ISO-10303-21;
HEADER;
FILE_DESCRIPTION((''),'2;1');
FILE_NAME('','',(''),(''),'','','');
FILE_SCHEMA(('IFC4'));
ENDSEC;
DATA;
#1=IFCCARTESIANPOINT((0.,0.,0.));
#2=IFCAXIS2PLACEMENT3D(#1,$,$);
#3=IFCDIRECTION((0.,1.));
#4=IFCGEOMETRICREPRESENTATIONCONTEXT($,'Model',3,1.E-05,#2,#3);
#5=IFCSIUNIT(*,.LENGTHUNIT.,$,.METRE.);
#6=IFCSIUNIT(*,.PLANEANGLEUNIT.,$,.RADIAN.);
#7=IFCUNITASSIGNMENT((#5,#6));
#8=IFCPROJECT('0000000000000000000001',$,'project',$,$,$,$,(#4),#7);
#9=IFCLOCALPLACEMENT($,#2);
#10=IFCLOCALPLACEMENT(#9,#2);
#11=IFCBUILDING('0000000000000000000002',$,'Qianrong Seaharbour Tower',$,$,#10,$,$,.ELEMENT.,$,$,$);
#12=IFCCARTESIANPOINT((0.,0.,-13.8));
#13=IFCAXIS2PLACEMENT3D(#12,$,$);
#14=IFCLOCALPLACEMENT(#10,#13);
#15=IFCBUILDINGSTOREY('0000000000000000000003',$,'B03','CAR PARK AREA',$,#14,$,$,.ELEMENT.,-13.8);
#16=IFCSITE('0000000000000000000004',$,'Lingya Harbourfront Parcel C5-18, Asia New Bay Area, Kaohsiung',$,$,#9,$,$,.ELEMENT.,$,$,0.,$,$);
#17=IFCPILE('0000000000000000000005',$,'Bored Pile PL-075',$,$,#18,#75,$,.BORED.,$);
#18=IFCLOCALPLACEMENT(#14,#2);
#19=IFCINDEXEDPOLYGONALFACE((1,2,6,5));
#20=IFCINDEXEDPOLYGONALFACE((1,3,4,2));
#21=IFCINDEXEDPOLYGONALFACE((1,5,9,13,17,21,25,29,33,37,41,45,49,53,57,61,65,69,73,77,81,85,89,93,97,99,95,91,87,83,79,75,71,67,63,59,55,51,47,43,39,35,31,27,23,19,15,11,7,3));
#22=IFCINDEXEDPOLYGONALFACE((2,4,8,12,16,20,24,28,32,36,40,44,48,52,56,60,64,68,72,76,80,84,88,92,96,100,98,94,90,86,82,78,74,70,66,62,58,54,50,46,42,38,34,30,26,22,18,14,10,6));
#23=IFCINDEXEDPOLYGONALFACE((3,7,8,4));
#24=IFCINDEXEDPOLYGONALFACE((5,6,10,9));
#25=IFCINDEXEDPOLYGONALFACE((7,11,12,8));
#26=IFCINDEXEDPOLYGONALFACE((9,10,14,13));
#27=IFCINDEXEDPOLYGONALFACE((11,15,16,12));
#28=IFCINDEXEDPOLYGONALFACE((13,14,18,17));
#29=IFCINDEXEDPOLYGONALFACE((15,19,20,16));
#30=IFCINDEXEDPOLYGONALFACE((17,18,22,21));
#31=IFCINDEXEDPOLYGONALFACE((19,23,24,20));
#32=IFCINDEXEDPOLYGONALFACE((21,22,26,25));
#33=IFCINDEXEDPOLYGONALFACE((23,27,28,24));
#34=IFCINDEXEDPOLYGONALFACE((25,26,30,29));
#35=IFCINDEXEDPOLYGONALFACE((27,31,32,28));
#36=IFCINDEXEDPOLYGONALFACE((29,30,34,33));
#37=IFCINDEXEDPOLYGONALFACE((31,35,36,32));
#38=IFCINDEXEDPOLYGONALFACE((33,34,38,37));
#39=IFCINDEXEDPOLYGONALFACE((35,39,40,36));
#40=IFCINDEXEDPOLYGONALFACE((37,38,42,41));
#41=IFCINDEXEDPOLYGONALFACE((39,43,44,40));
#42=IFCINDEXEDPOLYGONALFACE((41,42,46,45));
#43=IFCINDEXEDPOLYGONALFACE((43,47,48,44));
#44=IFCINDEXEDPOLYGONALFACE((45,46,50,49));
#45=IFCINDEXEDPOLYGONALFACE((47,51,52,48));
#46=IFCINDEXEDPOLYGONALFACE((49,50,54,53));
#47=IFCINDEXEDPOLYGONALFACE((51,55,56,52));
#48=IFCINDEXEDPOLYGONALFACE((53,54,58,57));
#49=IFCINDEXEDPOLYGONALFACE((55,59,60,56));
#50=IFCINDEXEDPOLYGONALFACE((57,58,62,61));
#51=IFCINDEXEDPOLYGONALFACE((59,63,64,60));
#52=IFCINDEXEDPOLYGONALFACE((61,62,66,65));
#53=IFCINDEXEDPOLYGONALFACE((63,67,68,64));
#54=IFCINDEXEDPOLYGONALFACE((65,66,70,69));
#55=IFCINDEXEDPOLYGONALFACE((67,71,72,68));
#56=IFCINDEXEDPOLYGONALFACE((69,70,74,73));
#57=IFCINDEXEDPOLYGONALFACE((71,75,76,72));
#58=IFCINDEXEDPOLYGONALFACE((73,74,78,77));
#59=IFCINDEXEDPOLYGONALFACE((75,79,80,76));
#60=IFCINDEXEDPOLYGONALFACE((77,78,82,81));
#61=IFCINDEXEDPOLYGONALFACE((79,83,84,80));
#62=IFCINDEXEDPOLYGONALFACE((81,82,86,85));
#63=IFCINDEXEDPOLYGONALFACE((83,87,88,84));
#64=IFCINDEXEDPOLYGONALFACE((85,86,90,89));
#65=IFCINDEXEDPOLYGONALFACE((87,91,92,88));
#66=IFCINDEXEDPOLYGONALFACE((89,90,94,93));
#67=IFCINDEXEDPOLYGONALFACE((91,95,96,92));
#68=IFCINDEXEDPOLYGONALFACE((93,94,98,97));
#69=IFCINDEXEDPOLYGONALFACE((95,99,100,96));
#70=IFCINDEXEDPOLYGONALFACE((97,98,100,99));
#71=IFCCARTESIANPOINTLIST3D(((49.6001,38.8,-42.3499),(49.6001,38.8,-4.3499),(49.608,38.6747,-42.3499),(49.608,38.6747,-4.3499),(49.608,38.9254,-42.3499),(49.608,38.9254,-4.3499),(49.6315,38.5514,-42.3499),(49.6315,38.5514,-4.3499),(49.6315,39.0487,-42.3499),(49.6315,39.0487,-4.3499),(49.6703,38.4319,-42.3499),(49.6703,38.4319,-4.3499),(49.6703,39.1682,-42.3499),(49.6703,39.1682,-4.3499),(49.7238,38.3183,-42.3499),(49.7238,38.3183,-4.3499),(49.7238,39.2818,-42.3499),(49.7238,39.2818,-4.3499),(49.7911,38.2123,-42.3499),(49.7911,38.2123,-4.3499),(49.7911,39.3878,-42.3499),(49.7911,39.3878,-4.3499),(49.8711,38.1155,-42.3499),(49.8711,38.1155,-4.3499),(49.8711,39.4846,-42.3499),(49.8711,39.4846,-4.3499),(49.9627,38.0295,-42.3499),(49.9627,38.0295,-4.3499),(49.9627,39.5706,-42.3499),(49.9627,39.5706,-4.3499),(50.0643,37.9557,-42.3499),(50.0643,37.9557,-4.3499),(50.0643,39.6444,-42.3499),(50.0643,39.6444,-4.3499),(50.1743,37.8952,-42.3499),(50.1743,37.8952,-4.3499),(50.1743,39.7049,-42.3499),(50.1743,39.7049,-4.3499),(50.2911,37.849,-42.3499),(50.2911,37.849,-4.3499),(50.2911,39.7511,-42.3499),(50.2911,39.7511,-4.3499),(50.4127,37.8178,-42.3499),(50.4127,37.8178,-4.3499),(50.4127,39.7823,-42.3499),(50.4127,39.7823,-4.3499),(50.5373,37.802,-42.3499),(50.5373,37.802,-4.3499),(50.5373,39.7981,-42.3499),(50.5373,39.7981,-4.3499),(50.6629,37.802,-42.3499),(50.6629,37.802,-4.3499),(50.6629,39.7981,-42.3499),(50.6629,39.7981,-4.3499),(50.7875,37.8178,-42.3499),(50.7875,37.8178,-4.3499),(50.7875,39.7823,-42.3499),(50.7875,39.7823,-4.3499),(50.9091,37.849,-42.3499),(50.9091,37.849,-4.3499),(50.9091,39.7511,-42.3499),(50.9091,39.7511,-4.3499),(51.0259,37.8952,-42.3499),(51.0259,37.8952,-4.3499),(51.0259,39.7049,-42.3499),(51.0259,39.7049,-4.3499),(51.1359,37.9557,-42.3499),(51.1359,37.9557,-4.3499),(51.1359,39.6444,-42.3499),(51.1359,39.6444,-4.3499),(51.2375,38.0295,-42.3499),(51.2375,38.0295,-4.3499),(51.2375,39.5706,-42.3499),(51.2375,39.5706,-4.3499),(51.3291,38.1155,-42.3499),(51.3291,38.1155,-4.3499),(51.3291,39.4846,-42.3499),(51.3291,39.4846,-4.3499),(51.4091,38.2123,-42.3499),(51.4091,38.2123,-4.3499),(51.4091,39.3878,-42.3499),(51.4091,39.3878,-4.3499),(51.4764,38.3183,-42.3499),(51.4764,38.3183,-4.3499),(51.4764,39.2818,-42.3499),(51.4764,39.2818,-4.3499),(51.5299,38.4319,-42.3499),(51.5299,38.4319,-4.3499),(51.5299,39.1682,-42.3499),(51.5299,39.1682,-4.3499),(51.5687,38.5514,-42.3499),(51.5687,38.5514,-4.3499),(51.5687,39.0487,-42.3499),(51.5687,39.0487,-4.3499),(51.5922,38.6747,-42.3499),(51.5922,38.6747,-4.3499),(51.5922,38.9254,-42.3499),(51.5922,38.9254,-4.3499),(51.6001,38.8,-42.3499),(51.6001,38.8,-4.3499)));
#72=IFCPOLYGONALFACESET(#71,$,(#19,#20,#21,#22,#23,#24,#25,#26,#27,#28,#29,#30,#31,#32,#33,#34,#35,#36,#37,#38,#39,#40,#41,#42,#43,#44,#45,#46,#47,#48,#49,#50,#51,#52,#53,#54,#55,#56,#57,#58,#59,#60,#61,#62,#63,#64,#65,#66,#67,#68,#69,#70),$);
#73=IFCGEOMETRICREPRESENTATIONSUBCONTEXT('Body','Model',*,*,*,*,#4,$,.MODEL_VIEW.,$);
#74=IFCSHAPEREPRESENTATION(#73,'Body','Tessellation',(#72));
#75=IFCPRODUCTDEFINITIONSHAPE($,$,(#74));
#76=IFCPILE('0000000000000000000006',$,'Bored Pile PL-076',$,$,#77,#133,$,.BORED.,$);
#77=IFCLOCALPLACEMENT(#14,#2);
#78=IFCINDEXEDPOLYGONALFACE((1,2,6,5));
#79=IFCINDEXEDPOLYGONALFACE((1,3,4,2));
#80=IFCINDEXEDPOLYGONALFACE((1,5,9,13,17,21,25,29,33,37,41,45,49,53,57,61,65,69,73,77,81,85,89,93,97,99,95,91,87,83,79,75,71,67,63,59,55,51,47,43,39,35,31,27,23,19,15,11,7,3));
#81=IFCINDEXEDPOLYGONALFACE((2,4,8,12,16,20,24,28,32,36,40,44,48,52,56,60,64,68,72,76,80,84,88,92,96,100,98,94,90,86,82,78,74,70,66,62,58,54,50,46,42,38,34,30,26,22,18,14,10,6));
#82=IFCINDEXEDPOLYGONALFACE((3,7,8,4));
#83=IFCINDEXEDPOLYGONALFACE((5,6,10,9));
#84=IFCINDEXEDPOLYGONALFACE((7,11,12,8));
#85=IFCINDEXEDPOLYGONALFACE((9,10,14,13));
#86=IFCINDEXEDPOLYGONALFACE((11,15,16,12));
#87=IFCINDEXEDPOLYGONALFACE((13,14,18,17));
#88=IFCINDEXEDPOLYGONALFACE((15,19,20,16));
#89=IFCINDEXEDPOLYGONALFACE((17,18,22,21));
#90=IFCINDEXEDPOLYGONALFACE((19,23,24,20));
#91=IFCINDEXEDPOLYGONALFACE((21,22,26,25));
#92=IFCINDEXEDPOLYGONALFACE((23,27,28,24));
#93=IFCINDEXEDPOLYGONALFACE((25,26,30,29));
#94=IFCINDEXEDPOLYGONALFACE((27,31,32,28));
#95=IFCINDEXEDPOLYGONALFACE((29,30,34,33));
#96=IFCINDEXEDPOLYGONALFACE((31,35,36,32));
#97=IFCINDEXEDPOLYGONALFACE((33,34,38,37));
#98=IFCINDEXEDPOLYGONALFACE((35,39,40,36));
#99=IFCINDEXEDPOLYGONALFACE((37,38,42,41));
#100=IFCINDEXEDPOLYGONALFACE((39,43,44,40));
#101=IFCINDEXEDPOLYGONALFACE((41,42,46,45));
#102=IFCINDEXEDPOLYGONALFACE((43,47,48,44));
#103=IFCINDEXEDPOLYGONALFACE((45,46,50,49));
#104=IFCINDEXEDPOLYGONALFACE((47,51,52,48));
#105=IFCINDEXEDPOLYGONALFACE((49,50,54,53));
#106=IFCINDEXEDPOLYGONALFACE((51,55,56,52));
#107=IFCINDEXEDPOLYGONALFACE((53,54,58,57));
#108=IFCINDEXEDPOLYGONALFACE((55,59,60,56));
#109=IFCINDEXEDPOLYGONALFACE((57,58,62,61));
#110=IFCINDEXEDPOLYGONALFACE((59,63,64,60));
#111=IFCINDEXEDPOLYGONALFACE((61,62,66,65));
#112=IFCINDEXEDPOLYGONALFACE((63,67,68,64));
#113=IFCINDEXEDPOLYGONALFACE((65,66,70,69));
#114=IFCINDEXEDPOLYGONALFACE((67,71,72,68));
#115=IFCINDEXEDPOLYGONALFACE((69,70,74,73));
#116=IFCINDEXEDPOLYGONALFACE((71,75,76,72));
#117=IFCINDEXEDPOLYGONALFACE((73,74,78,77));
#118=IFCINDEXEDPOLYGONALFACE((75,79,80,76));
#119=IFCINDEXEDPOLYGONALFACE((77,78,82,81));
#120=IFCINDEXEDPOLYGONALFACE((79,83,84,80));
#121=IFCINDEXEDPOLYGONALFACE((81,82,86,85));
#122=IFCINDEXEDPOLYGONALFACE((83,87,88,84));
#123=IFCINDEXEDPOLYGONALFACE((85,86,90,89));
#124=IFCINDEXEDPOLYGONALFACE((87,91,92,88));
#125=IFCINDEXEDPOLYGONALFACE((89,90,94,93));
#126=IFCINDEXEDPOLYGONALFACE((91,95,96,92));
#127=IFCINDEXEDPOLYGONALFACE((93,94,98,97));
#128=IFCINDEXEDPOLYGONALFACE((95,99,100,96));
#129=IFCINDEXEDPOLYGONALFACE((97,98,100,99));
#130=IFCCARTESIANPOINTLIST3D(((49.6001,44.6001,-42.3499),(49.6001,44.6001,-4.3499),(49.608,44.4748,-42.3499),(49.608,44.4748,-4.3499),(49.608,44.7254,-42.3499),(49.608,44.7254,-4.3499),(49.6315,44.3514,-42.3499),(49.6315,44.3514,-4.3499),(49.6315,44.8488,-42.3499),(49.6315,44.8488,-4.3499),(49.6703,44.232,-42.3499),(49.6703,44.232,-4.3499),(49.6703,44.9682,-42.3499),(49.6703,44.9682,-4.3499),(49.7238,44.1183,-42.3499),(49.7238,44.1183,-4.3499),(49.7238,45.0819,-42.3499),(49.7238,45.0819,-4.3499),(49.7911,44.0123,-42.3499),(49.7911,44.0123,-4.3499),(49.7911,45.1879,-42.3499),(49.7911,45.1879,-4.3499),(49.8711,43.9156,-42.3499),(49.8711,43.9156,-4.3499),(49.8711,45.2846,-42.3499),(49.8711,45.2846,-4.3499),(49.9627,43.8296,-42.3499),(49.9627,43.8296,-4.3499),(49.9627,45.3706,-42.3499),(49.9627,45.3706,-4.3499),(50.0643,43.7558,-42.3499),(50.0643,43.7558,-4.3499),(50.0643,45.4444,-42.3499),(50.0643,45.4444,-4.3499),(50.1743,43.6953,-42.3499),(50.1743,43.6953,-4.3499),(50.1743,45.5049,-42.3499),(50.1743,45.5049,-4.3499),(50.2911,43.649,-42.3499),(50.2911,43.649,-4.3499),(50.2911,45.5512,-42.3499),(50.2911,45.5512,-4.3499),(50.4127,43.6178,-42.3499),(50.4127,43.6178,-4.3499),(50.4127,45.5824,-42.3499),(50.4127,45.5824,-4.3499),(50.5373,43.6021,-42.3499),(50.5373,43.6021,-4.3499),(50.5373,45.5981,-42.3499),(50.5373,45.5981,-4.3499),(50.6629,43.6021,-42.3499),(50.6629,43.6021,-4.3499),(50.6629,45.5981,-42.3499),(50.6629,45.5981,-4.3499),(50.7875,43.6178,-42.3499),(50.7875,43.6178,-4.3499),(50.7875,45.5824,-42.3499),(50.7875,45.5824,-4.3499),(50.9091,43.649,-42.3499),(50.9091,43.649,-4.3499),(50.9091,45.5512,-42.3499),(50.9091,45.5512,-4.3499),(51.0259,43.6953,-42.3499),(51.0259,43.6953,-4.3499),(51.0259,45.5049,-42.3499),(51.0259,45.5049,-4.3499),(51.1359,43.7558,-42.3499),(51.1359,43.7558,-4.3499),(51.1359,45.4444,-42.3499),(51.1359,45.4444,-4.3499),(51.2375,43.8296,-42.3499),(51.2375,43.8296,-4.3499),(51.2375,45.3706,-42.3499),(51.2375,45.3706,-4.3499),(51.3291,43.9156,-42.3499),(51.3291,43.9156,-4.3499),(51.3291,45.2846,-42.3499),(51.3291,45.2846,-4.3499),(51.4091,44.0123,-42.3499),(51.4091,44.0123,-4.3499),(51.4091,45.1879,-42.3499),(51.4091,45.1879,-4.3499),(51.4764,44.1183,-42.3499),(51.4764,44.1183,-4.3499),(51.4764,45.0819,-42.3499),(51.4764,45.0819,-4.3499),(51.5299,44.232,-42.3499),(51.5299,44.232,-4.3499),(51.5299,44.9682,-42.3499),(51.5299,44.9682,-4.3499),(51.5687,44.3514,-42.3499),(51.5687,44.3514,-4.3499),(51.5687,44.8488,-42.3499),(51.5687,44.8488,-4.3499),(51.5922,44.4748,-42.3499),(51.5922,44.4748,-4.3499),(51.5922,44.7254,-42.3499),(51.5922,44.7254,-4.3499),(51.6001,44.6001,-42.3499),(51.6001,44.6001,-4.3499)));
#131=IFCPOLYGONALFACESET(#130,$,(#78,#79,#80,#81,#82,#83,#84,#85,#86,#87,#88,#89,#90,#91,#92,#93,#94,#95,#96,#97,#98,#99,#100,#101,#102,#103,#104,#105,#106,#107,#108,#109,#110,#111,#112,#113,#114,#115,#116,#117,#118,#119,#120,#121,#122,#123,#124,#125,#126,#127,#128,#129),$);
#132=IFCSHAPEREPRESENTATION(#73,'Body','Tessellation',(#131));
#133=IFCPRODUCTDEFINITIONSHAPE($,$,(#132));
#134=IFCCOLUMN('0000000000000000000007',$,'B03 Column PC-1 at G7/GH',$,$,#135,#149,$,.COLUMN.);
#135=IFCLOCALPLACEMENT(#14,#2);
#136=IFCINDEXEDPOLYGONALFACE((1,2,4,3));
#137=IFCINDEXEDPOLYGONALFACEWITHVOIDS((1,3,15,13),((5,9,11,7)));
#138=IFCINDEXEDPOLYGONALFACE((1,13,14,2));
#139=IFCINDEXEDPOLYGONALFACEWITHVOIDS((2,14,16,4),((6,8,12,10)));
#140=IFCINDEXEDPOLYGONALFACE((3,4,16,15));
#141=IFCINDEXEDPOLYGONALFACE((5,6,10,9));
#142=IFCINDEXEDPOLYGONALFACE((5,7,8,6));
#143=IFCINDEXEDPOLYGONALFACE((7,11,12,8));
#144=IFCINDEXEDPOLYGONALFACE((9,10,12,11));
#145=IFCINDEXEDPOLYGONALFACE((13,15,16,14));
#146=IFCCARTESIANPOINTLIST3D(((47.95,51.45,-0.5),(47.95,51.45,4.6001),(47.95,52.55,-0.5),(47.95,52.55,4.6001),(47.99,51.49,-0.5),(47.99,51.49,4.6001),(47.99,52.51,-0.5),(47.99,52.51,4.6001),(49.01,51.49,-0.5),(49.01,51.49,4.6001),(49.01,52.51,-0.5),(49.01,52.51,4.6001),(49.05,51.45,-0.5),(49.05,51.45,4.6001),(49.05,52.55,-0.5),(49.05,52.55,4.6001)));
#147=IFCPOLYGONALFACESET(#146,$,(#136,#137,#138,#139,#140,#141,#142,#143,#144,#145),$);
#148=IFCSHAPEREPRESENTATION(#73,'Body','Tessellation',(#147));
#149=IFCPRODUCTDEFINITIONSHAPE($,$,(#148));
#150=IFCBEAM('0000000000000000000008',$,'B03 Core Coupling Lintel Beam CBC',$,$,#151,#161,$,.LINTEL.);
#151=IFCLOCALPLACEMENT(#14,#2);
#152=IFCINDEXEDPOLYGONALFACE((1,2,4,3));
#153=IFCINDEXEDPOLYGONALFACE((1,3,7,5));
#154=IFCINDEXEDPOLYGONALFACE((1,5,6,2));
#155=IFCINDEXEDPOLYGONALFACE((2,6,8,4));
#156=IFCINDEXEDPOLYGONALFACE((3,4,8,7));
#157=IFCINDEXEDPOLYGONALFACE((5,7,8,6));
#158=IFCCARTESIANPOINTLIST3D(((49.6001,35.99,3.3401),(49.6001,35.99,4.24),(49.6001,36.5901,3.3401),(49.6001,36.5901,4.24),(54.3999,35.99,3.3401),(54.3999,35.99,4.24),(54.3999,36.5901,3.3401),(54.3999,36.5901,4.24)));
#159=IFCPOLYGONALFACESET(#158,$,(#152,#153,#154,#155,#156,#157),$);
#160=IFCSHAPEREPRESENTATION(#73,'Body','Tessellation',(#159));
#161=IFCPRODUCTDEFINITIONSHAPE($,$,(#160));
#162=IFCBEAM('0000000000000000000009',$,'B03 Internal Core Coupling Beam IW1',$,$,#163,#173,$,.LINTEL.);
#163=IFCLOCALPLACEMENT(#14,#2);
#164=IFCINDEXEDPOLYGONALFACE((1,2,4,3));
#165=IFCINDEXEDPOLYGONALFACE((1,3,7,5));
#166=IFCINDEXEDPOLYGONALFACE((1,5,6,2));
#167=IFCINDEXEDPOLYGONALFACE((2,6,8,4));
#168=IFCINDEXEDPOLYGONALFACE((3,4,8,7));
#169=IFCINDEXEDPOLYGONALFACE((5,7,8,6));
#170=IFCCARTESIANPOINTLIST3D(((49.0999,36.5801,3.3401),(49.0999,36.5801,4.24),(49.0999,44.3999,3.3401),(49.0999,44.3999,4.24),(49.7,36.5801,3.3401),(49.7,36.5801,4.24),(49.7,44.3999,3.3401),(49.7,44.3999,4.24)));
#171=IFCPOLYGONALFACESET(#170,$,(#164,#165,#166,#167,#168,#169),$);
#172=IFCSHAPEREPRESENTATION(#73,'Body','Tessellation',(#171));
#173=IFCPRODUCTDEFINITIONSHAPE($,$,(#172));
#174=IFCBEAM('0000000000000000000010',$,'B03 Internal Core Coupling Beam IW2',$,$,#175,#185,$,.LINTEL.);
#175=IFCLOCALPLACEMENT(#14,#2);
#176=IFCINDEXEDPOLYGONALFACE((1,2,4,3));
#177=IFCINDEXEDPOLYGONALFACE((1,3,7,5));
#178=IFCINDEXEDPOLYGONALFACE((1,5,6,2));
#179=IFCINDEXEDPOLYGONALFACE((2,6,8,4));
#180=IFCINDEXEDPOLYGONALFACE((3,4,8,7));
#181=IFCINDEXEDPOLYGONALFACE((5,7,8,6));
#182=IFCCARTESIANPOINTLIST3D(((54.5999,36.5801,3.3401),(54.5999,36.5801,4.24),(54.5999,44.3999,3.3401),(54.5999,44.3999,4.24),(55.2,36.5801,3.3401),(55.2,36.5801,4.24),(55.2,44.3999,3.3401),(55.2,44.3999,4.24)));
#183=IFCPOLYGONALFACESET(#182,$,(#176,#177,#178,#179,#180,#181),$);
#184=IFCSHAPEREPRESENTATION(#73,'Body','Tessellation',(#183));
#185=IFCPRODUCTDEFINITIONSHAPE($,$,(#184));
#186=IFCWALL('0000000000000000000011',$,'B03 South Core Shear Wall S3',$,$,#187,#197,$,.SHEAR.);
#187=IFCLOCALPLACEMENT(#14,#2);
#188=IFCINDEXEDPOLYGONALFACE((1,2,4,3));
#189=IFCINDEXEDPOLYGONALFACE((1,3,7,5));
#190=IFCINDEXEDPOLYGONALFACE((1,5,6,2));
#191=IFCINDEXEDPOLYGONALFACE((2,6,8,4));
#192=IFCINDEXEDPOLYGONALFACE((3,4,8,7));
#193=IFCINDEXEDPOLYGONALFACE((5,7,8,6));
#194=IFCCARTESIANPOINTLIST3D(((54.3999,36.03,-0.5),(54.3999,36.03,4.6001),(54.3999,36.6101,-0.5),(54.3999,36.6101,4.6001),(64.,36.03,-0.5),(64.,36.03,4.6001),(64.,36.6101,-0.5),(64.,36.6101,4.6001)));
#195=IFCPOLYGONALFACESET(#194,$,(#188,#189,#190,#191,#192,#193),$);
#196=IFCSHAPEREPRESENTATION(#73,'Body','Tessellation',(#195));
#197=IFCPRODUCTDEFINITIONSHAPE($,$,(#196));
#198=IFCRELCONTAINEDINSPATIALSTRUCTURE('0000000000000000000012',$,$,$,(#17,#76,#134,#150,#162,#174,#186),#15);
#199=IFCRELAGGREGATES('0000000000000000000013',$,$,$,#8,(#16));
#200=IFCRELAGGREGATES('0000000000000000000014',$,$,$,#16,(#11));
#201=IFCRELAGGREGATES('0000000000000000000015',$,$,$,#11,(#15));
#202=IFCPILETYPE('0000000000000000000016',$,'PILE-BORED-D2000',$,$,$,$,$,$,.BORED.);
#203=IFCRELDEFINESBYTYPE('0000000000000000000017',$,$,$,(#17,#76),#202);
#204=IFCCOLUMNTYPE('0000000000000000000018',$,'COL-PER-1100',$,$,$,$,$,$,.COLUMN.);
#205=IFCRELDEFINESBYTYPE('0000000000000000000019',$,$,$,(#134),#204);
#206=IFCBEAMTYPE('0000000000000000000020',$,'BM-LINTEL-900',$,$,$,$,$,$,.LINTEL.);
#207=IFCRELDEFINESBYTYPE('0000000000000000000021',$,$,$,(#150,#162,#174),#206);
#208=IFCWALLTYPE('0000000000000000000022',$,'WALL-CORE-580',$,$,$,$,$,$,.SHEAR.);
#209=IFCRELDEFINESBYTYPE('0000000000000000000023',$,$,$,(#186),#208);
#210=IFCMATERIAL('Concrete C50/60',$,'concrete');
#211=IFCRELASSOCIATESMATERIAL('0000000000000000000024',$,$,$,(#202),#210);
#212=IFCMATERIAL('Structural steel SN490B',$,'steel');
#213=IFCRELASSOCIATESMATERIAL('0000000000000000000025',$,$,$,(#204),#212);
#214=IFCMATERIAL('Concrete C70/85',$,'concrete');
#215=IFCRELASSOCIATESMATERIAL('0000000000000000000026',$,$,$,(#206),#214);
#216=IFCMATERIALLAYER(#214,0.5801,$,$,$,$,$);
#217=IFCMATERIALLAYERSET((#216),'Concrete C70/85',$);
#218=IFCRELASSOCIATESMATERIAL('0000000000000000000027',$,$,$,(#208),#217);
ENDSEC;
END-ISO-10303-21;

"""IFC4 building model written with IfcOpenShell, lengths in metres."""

from ifc_helpers import new_model, si_unit, direction, frame, frame_2d, origin, origin_2d, place, context, subcontext, project, spatial, rectangle, hollow_rectangle, circle, extrude, material, layer, layer_set, material_profile, profile_set, type_object, element, save


model = new_model("IFC4")

# Units and contexts
model_context = context("Model", 3, precision=1e-05, world=origin(), true_north=direction((0.0, 1.0)))
body_context = subcontext(model_context, "Body", "Model", "MODEL_VIEW")
ifc_project = project(units=[si_unit("LENGTHUNIT", "METRE"), si_unit("PLANEANGLEUNIT", "RADIAN")], contexts=[model_context])

# Site, building, storey
site_placement = place(None, origin())
site = spatial("IfcSite", under=ifc_project, at=site_placement, Name="Lingya Harbourfront Parcel C5-18, Asia New Bay Area, Kaohsiung", CompositionType="ELEMENT", RefElevation=0.0)
building_placement = place(site_placement, origin())
building = spatial("IfcBuilding", under=site, at=building_placement, Name="Qianrong Seaharbour Tower", CompositionType="ELEMENT")
storey_placement = place(building_placement, frame((0.0, 0.0, -13.8)))
storey = spatial("IfcBuildingStorey", under=building, at=storey_placement, Name="B03", Description="CAR PARK AREA", CompositionType="ELEMENT", Elevation=-13.8)

# Piles
ifc_material_1 = material(Name="Concrete C50/60", Category="concrete")
ifc_material_profile_1 = material_profile(ifc_material_1, circle(Radius=1.0, at=origin_2d()), Name="PILE-D2000")
ifc_profile_set_1 = profile_set([ifc_material_profile_1], Name="Concrete C50/60")
pile_type = type_object("IfcPileType", Name="PILE-BORED-D2000", PredefinedType="BORED", material=ifc_profile_set_1)
for number, where, z_axis, x_axis, name in (
    (1, (50.6001, 38.8, -4.3499), (0.0, 0.0, -1.0), (1.0, 0.0, 0.0), "Bored Pile PL-075"),
    (2, (50.6001, 44.6001, -4.3499), (0.0, 0.0, -1.0), (1.0, 0.0, 0.0), "Bored Pile PL-076"),
):
    element("IfcPile", number, at=place(storey_placement, frame(where, z_axis=z_axis, x_axis=x_axis)), inside=storey, type_object=pile_type, Name=name, PredefinedType="BORED", context=body_context, shape_type="SweptSolid", body=[
        extrude(circle(Radius=1.0, at=origin_2d()), origin(), (0.0, 0.0, 1.0), 38.0),
    ])

# Column
ifc_material_2 = material(Name="Structural steel SN490B", Category="steel")
ifc_material_profile_2 = material_profile(ifc_material_2, hollow_rectangle(XDim=1.1001, YDim=1.1001, WallThickness=0.04, at=origin_2d()), Name="BOX1100x1100x40")
ifc_profile_set_2 = profile_set([ifc_material_profile_2], Name="Structural steel SN490B")
column_type = type_object("IfcColumnType", Name="COL-PER-1100", PredefinedType="COLUMN", material=ifc_profile_set_2)
column_placement = place(storey_placement, frame((48.5, 52.0, -0.5), z_axis=(0.0, 0.0, 1.0), x_axis=(1.0, 0.0, 0.0)))
element("IfcColumn", 3, at=column_placement, inside=storey, type_object=column_type, Name="B03 Column PC-1 at G7/GH", PredefinedType="COLUMN", context=body_context, shape_type="SweptSolid", body=[
    extrude(hollow_rectangle(XDim=1.1001, YDim=1.1001, WallThickness=0.04, at=origin_2d()), origin(), (0.0, 0.0, 1.0), 5.1001),
])

# Beams
ifc_material_3 = material(Name="Concrete C70/85", Category="concrete")
ifc_material_profile_3 = material_profile(ifc_material_3, rectangle(XDim=0.6001, YDim=0.8999, at=origin_2d()), Name="RC600x900")
ifc_profile_set_3 = profile_set([ifc_material_profile_3], Name="Concrete C70/85")
beam_type = type_object("IfcBeamType", Name="BM-LINTEL-900", PredefinedType="LINTEL", material=ifc_profile_set_3)
beam_placement = place(storey_placement, frame((49.6001, 36.29, 3.79), z_axis=(1.0, 0.0, 0.0), x_axis=(0.0, 1.0, 0.0)))
element("IfcBeam", 4, at=beam_placement, inside=storey, type_object=beam_type, Name="B03 Core Coupling Lintel Beam CBC", PredefinedType="LINTEL", context=body_context, shape_type="SweptSolid", body=[
    extrude(rectangle(XDim=0.6001, YDim=0.8999, at=origin_2d()), origin(), (0.0, 0.0, 1.0), 4.7998),
])
for number, where, z_axis, x_axis, name in (
    (5, (49.3999, 36.5801, 3.79), (0.0, 1.0, 0.0), (-1.0, 0.0, 0.0), "B03 Internal Core Coupling Beam IW1"),
    (6, (54.8999, 36.5801, 3.79), (0.0, 1.0, 0.0), (-1.0, 0.0, 0.0), "B03 Internal Core Coupling Beam IW2"),
):
    element("IfcBeam", number, at=place(storey_placement, frame(where, z_axis=z_axis, x_axis=x_axis)), inside=storey, type_object=beam_type, Name=name, PredefinedType="LINTEL", context=body_context, shape_type="SweptSolid", body=[
        extrude(rectangle(XDim=0.6001, YDim=0.8999, at=origin_2d()), origin(), (0.0, 0.0, 1.0), 7.8198),
    ])

# Wall
ifc_layer_1 = layer(ifc_material_3, 0.5801)
ifc_layer_set_1 = layer_set([ifc_layer_1], Name="Concrete C70/85")
wall_type_1 = type_object("IfcWallType", Name="WALL-CORE-580", PredefinedType="SHEAR", material=ifc_layer_set_1)
wall_1_placement = place(storey_placement, frame((54.3999, 36.3201, -0.5), z_axis=(0.0, 0.0, 1.0), x_axis=(1.0, 0.0, 0.0)))
element("IfcWall", 7, at=wall_1_placement, inside=storey, type_object=wall_type_1, Name="B03 South Core Shear Wall S3", PredefinedType="SHEAR", context=body_context, shape_type="SweptSolid", body=[
    extrude(rectangle(XDim=9.6001, YDim=0.5801, at=frame_2d((4.8, 0.0))), origin(), (0.0, 0.0, 1.0), 5.1001),
])

save(model, "model.ifc")
